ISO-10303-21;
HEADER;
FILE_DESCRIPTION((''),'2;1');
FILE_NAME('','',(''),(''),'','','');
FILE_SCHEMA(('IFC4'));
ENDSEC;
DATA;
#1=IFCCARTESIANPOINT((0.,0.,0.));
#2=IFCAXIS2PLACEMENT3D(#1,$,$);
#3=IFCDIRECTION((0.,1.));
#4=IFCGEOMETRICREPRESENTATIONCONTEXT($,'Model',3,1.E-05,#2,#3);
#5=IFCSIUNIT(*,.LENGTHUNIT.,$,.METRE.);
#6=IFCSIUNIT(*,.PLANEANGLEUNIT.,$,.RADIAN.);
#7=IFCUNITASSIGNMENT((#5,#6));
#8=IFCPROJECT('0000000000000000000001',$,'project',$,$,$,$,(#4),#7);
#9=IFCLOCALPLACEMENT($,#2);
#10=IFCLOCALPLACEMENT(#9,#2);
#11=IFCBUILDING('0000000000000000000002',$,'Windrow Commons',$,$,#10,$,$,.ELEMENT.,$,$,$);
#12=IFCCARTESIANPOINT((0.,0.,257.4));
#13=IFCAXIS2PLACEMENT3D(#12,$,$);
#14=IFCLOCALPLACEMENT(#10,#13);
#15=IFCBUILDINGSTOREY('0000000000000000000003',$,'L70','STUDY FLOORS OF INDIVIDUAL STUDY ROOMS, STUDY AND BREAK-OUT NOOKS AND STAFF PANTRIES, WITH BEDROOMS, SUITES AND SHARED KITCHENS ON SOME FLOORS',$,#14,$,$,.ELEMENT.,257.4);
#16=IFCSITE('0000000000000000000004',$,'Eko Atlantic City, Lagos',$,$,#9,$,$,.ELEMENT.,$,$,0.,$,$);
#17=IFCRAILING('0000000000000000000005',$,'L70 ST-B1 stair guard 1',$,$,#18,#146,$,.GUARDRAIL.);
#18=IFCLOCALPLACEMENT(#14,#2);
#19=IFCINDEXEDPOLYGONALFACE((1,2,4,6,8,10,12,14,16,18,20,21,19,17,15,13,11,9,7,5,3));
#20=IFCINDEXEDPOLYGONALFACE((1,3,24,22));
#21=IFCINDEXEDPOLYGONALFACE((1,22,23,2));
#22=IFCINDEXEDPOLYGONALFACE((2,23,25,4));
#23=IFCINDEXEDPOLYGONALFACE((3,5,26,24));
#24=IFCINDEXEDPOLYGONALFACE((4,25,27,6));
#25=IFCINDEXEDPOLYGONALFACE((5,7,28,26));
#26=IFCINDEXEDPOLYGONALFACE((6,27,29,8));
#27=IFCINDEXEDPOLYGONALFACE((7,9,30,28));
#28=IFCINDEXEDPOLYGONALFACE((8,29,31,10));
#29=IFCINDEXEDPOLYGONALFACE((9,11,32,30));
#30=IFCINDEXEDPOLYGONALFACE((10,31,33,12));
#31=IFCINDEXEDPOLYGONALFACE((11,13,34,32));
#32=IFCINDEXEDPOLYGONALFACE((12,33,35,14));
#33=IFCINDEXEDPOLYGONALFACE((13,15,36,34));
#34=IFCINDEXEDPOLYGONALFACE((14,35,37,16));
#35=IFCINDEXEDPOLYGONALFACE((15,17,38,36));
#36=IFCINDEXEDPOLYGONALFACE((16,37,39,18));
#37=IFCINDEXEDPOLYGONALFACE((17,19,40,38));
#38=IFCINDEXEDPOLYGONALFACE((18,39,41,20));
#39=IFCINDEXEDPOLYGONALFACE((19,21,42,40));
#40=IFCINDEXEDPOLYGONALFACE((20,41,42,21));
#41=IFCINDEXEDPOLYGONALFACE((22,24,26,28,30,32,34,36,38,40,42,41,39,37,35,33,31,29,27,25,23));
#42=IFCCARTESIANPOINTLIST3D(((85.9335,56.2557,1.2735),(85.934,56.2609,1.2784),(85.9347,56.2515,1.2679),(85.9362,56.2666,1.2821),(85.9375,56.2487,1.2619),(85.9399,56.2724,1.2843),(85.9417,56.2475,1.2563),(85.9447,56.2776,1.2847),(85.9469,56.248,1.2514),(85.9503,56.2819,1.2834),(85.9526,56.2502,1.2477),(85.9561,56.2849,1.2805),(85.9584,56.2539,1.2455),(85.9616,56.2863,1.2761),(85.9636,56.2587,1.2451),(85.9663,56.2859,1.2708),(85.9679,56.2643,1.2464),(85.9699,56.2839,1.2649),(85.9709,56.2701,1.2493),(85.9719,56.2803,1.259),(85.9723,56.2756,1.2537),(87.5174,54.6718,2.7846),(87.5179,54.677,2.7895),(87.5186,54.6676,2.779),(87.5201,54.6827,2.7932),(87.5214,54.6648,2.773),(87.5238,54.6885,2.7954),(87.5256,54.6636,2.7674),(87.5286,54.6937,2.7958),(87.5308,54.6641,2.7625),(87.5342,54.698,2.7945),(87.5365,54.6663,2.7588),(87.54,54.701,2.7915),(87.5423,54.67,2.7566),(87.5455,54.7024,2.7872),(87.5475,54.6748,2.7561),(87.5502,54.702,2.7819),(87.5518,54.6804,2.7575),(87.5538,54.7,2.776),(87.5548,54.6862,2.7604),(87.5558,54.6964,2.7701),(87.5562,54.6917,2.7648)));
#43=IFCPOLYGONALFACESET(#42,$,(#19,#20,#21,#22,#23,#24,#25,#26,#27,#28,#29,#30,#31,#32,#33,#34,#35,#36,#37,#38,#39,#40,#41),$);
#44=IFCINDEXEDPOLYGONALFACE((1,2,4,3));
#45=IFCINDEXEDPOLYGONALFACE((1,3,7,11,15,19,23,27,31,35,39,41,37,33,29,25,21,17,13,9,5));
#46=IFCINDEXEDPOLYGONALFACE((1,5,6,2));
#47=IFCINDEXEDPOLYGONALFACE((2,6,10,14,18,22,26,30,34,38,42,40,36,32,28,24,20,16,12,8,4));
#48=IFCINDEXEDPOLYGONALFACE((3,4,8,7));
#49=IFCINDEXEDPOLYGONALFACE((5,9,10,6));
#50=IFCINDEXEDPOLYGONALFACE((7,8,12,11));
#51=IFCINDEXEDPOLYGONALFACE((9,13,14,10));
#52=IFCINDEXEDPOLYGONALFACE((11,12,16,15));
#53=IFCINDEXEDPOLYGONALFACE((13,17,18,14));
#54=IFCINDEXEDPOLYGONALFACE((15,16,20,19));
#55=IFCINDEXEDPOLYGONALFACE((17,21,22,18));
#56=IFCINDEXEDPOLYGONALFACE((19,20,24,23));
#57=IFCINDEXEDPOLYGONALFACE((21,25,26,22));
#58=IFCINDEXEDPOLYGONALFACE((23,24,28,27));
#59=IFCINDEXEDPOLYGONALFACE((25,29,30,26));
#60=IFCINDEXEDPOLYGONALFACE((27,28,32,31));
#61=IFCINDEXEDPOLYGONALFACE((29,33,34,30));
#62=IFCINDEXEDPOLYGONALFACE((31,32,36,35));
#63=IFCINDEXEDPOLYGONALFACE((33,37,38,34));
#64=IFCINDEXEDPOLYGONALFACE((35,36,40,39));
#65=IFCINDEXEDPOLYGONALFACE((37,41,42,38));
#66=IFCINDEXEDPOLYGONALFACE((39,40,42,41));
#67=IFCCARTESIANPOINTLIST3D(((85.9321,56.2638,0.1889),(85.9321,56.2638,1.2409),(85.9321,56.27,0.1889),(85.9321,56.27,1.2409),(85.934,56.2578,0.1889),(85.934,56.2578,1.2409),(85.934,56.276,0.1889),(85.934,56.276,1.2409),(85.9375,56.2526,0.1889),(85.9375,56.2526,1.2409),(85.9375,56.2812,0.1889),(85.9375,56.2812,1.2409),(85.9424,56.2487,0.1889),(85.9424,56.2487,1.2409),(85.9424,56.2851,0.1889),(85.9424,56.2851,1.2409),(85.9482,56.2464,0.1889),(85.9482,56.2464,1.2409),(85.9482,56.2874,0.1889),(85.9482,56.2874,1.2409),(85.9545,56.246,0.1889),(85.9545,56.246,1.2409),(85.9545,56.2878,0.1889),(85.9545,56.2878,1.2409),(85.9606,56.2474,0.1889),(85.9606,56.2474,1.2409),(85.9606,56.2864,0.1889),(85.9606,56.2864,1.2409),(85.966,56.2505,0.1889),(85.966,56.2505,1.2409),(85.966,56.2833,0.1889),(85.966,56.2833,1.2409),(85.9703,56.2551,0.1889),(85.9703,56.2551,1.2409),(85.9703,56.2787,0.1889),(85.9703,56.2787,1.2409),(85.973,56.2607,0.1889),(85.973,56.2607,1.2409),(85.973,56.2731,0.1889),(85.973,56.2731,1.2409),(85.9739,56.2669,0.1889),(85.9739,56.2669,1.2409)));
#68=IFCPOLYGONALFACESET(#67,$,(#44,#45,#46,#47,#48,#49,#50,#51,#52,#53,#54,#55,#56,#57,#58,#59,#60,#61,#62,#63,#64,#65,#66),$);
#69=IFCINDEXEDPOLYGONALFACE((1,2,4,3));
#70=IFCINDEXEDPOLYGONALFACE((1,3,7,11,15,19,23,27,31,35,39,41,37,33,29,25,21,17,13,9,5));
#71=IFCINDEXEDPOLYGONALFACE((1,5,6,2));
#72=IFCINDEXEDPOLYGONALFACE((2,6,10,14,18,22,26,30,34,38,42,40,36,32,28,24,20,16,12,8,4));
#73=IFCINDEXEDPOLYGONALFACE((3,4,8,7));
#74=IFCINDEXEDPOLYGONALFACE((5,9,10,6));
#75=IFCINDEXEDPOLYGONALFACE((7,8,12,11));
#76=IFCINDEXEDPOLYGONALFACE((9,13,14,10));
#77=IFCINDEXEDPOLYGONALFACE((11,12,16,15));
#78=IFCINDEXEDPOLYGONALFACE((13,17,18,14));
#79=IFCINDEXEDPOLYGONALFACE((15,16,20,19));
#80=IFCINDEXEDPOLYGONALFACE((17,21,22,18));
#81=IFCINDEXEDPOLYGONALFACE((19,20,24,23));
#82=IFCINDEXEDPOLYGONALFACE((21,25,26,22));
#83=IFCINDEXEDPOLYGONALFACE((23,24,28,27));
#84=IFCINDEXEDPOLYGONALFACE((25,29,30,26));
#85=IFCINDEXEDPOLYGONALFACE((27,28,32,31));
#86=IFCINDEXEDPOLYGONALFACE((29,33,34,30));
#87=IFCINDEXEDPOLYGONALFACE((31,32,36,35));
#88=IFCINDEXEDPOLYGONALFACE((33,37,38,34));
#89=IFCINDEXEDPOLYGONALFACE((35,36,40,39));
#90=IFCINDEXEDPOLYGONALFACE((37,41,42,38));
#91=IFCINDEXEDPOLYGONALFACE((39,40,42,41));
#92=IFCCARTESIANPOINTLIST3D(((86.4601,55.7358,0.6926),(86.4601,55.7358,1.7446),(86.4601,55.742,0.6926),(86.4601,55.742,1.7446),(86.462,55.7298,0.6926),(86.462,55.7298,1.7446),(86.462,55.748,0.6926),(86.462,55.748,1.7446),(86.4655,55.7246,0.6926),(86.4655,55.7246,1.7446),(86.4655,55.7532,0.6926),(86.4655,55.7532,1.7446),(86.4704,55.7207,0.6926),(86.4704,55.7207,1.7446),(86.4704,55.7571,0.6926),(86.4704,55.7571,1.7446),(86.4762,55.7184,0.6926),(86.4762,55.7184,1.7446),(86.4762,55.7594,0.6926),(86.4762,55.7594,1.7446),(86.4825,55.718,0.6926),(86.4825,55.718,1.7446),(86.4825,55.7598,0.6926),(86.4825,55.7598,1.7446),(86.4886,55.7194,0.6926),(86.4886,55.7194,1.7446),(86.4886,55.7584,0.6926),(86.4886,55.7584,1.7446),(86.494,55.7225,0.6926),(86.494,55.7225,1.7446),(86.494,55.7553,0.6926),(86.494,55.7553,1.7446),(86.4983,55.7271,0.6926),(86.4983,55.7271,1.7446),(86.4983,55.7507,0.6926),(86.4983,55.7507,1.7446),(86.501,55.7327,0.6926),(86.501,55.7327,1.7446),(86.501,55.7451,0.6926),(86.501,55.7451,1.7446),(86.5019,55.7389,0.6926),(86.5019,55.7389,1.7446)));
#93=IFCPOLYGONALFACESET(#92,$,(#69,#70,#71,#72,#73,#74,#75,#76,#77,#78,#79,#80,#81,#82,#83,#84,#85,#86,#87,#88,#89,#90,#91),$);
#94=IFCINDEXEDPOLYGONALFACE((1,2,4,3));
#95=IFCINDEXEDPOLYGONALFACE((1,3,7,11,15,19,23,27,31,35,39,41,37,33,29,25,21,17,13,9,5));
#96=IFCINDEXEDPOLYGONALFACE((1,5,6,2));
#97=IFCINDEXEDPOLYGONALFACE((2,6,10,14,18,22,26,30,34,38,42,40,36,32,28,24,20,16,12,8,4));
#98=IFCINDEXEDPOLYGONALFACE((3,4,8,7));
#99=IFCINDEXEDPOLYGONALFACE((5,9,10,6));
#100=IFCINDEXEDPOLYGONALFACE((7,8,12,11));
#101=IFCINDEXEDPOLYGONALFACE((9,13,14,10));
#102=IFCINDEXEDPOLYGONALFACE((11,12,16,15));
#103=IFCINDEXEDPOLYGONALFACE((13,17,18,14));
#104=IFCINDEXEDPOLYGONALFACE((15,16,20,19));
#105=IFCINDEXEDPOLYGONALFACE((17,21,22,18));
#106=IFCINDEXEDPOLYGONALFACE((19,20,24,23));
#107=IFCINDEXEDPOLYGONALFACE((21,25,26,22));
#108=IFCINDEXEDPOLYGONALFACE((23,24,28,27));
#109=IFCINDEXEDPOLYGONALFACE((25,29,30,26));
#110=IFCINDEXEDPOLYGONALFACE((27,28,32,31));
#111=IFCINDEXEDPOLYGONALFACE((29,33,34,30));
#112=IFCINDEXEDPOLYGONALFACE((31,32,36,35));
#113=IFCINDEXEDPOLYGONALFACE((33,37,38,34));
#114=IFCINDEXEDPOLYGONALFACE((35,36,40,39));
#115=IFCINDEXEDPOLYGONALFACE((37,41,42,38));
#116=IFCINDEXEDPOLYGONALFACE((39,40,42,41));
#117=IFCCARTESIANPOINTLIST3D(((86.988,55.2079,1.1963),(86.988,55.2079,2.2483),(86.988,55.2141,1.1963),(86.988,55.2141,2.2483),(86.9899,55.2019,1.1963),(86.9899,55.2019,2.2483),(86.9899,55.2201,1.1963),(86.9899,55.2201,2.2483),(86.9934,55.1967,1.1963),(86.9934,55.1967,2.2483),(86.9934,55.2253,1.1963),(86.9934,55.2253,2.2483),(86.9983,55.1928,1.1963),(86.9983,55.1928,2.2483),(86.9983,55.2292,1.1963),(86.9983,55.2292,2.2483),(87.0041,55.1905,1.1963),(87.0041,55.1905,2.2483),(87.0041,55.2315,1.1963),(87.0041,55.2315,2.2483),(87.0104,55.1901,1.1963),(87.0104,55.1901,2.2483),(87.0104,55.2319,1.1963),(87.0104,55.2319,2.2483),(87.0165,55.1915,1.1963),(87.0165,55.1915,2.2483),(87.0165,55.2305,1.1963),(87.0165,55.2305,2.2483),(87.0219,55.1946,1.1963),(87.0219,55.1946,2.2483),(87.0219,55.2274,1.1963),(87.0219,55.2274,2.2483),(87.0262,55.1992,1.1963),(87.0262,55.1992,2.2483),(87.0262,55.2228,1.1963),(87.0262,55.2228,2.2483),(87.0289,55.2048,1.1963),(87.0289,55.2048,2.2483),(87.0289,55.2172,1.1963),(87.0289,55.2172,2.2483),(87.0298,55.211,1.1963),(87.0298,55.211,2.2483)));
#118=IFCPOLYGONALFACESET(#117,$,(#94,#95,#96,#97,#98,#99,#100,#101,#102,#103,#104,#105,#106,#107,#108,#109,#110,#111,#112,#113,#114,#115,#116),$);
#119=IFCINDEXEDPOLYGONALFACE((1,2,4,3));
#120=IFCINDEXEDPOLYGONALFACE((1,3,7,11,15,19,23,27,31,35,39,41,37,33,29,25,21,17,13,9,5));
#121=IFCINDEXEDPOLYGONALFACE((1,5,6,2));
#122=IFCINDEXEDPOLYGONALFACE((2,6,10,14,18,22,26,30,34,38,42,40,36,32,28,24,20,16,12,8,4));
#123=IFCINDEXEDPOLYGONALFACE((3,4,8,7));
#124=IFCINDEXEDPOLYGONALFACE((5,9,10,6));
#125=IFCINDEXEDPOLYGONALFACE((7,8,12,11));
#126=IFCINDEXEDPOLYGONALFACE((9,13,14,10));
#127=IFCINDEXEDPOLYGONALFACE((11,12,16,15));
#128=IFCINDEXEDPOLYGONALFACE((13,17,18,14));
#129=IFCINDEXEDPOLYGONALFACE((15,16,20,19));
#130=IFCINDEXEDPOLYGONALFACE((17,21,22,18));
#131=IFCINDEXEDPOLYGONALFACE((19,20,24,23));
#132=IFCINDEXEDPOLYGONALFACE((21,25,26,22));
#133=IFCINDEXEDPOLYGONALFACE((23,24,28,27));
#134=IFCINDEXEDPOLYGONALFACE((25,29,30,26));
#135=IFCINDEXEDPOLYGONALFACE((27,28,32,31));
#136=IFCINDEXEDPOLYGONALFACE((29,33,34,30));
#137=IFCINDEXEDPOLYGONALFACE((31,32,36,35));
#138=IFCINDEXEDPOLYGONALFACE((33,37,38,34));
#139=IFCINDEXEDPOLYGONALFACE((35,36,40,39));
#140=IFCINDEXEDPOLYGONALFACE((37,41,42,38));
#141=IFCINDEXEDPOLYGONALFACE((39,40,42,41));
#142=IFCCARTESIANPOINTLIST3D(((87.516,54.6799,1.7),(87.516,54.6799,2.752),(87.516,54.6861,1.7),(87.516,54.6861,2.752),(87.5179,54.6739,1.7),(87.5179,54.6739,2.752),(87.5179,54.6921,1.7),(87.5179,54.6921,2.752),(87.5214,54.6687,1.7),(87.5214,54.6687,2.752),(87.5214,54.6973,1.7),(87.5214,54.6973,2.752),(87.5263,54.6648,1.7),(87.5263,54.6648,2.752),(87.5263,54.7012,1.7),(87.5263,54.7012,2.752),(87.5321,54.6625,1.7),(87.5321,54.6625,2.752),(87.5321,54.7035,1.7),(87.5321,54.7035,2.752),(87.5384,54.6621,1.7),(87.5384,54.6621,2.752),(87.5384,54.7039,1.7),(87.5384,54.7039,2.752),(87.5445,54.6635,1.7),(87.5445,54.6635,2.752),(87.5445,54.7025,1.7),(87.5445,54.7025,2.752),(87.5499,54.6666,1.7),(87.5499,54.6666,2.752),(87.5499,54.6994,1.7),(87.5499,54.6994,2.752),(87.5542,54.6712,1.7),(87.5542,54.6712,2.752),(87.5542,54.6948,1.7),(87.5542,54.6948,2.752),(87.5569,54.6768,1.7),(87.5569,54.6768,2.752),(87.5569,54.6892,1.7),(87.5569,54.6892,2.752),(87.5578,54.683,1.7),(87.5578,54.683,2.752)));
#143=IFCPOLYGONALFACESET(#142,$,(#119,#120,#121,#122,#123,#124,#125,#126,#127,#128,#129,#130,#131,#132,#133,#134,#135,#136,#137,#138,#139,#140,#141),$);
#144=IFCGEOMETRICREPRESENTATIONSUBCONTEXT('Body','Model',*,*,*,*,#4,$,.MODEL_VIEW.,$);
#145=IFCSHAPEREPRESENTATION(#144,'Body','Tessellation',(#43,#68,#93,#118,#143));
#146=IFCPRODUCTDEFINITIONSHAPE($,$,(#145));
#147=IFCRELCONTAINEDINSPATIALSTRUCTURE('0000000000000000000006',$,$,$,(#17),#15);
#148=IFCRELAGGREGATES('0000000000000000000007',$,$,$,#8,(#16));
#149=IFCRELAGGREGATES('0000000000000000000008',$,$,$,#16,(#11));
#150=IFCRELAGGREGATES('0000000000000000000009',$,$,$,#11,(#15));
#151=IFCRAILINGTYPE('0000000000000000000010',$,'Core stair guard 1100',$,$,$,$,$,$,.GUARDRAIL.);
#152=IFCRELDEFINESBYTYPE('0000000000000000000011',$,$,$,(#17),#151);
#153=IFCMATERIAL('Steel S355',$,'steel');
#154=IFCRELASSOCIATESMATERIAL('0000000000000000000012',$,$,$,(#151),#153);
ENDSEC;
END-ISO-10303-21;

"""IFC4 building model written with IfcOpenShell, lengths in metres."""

from ifc_helpers import new_model, si_unit, direction, frame, origin, origin_2d, place, context, subcontext, project, spatial, circle, extrude, material, type_object, element, save


model = new_model("IFC4")

# Units and contexts
model_context = context("Model", 3, precision=1e-05, world=origin(), true_north=direction((0.0, 1.0)))
body_context = subcontext(model_context, "Body", "Model", "MODEL_VIEW")
ifc_project = project(units=[si_unit("LENGTHUNIT", "METRE"), si_unit("PLANEANGLEUNIT", "RADIAN")], contexts=[model_context])

# Site, building, storey
site_placement = place(None, origin())
site = spatial("IfcSite", under=ifc_project, at=site_placement, Name="Eko Atlantic City, Lagos", CompositionType="ELEMENT", RefElevation=0.0)
building_placement = place(site_placement, origin())
building = spatial("IfcBuilding", under=site, at=building_placement, Name="Windrow Commons", CompositionType="ELEMENT")
storey_placement = place(building_placement, frame((0.0, 0.0, 257.4)))
storey = spatial("IfcBuildingStorey", under=building, at=storey_placement, Name="L70", Description="STUDY FLOORS OF INDIVIDUAL STUDY ROOMS, STUDY AND BREAK-OUT NOOKS AND STAFF PANTRIES, WITH BEDROOMS, SUITES AND SHARED KITCHENS ON SOME FLOORS", CompositionType="ELEMENT", Elevation=257.4)

# Railing
ifc_material_1 = material(Name="Steel S355", Category="steel")
railing_type_1 = type_object("IfcRailingType", Name="Core stair guard 1100", PredefinedType="GUARDRAIL", material=ifc_material_1)
railing_1_placement = place(storey_placement, frame((85.9529, 56.2669, 0.1889)))
element("IfcRailing", 1, at=railing_1_placement, inside=storey, type_object=railing_type_1, Name="L70 ST-B1 stair guard 1", PredefinedType="GUARDRAIL", context=body_context, shape_type="SweptSolid", body=[
    extrude(circle(Radius=0.024, at=origin_2d()), frame((0.0, 0.0, 1.076), z_axis=(0.586191, -0.586191, 0.559249), x_axis=(0.707107, 0.707107, 0.0)), (0.0, 0.0, 1.0), 2.702),
    extrude(circle(Radius=0.021, at=origin_2d()), origin(), (0.0, 0.0, 1.0), 1.052),
    extrude(circle(Radius=0.021, at=origin_2d()), frame((0.528, -0.528, 0.5037)), (0.0, 0.0, 1.0), 1.052),
    extrude(circle(Radius=0.021, at=origin_2d()), frame((1.0559, -1.0559, 1.0074)), (0.0, 0.0, 1.0), 1.052),
    extrude(circle(Radius=0.021, at=origin_2d()), frame((1.5839, -1.5839, 1.5111)), (0.0, 0.0, 1.0), 1.052),
])

save(model, "model.ifc")
